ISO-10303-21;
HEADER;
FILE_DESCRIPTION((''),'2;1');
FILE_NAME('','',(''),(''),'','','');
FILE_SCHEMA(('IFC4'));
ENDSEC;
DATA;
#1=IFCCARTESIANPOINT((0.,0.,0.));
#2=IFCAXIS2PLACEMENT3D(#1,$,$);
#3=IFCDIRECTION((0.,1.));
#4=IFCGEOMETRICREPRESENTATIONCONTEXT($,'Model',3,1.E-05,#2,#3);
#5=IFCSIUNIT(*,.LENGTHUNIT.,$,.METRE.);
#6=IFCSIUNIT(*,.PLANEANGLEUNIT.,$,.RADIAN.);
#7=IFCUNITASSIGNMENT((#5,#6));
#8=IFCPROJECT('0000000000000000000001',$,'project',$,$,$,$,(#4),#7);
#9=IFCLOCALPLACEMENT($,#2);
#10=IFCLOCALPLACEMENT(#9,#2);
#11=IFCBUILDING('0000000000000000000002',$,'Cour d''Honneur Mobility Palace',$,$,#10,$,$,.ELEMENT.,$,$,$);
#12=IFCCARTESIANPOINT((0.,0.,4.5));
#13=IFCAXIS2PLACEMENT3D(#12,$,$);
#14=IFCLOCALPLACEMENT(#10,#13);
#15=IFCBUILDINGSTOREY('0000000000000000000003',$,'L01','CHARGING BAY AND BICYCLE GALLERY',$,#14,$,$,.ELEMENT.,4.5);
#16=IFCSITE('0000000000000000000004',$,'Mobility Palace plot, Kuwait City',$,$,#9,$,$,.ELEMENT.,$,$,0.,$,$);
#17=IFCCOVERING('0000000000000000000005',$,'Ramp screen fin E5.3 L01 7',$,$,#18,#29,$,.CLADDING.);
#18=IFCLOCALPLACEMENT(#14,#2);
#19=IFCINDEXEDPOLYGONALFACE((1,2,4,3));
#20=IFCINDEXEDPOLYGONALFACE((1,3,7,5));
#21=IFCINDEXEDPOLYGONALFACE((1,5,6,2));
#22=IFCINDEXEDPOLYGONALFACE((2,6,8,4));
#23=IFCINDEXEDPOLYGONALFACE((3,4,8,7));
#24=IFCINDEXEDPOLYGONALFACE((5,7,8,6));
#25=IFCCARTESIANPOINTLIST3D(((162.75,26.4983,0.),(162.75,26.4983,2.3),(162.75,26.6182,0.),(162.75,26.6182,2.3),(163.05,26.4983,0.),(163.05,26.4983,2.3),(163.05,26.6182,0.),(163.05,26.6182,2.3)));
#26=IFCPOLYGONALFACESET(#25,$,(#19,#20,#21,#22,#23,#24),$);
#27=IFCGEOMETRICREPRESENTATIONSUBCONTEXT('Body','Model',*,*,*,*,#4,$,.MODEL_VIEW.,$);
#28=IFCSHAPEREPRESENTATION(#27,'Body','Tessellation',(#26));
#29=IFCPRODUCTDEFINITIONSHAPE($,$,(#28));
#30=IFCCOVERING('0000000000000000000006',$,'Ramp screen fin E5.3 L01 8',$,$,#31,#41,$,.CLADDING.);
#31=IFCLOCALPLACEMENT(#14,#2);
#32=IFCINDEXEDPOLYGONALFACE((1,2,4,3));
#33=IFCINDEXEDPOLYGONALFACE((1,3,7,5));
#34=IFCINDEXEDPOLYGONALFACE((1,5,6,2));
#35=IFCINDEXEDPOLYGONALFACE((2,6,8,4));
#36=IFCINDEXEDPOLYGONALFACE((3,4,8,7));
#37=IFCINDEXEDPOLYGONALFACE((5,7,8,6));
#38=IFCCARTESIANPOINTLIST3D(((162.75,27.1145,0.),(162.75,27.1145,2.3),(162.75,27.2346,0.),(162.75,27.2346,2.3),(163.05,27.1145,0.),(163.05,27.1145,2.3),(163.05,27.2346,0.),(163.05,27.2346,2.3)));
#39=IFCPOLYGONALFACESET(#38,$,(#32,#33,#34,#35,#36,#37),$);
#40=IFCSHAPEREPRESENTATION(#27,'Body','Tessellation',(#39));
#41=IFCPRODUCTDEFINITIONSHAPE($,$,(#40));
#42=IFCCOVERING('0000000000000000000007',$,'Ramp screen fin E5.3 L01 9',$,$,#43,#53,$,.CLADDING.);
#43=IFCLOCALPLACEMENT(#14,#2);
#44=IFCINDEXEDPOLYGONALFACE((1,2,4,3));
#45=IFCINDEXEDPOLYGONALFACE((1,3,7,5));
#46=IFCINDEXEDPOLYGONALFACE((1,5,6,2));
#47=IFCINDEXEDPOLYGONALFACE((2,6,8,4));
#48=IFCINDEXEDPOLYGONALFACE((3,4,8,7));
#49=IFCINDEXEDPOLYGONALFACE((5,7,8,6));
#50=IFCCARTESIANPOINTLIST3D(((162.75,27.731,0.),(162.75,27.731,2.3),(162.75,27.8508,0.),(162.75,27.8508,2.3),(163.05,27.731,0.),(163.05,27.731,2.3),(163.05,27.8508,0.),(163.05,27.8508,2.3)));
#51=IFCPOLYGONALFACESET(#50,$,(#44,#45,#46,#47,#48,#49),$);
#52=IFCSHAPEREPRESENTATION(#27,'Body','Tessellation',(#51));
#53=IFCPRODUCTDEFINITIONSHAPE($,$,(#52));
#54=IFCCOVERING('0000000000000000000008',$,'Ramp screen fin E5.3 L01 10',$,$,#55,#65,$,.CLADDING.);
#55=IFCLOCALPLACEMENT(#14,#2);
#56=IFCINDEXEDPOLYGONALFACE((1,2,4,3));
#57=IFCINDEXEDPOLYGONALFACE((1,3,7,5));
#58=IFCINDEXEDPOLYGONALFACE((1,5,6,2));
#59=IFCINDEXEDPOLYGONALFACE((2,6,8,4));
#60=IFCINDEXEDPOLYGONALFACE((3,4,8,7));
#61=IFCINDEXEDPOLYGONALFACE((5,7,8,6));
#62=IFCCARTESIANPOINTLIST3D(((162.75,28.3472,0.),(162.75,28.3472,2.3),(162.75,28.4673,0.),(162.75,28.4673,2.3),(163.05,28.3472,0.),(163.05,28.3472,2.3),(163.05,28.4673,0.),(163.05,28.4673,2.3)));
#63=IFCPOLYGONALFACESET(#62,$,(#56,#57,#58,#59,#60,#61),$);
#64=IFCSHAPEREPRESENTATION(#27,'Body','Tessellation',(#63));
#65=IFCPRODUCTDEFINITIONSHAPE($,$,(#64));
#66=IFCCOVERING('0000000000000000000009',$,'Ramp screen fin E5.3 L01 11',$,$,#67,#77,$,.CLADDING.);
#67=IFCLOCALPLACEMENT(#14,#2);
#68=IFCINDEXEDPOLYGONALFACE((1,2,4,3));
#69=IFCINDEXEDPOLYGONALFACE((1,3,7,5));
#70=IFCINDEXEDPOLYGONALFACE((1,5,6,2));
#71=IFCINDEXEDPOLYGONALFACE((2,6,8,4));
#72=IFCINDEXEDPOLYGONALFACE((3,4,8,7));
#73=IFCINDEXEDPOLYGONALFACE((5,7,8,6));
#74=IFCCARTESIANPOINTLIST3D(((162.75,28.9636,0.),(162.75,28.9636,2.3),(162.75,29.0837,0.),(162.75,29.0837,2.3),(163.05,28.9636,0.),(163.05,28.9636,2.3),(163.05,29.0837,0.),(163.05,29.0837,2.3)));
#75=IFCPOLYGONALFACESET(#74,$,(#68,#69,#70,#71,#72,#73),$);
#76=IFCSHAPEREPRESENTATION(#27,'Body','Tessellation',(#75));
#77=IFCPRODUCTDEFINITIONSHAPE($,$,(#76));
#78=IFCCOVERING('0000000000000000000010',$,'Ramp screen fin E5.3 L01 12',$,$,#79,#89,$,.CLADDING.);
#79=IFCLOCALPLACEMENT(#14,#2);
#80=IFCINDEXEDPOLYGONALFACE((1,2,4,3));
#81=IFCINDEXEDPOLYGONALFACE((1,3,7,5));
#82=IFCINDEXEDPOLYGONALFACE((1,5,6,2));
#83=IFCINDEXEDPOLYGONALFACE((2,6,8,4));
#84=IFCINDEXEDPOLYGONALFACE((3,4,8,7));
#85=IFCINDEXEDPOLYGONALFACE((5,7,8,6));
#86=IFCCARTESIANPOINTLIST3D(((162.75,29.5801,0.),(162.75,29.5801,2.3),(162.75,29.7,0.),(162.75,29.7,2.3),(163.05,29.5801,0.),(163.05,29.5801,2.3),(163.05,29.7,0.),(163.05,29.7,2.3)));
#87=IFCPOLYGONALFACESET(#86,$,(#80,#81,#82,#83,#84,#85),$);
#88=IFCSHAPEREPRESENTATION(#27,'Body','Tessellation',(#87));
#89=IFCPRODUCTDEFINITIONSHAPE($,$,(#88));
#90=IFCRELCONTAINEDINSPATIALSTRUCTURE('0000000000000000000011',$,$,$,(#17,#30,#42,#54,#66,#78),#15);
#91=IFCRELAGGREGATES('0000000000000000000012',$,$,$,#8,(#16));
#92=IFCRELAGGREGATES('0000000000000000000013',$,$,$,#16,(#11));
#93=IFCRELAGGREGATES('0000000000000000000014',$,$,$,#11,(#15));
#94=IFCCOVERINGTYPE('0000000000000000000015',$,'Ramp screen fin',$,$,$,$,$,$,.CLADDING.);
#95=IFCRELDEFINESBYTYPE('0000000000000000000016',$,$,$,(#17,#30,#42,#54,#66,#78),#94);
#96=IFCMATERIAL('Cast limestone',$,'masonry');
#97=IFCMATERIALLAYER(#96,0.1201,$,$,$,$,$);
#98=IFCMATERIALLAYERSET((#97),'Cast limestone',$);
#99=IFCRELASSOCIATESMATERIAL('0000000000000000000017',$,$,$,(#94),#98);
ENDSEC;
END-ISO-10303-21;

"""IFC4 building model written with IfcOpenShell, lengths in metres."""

from ifc_helpers import new_model, si_unit, direction, frame, origin, place, context, subcontext, project, spatial, polyline, outline, extrude, material, layer, layer_set, type_object, element, save


model = new_model("IFC4")

# Units and contexts
model_context = context("Model", 3, precision=1e-05, world=origin(), true_north=direction((0.0, 1.0)))
body_context = subcontext(model_context, "Body", "Model", "MODEL_VIEW")
ifc_project = project(units=[si_unit("LENGTHUNIT", "METRE"), si_unit("PLANEANGLEUNIT", "RADIAN")], contexts=[model_context])

# Site, building, storey
site_placement = place(None, origin())
site = spatial("IfcSite", under=ifc_project, at=site_placement, Name="Mobility Palace plot, Kuwait City", CompositionType="ELEMENT", RefElevation=0.0)
building_placement = place(site_placement, origin())
building = spatial("IfcBuilding", under=site, at=building_placement, Name="Cour d'Honneur Mobility Palace", CompositionType="ELEMENT")
storey_placement = place(building_placement, frame((0.0, 0.0, 4.5)))
storey = spatial("IfcBuildingStorey", under=building, at=storey_placement, Name="L01", Description="CHARGING BAY AND BICYCLE GALLERY", CompositionType="ELEMENT", Elevation=4.5)

# Coverings
ifc_material = material(Name="Cast limestone", Category="masonry")
ifc_layer = layer(ifc_material, 0.1201)
ifc_layer_set = layer_set([ifc_layer], Name="Cast limestone")
covering_type = type_object("IfcCoveringType", Name="Ramp screen fin", PredefinedType="CLADDING", material=ifc_layer_set)
covering_1_placement = place(storey_placement, origin())
element("IfcCovering", 1, at=covering_1_placement, inside=storey, type_object=covering_type, Name="Ramp screen fin E5.3 L01 7", PredefinedType="CLADDING", context=body_context, shape_type="SweptSolid", body=[
    extrude(outline(polyline([(162.75, 26.4983), (162.75, 26.6182), (163.05, 26.6182), (163.05, 26.4983), (162.75, 26.4983)])), origin(), (0.0, 0.0, 1.0), 2.3),
])
covering_2_placement = place(storey_placement, origin())
element("IfcCovering", 2, at=covering_2_placement, inside=storey, type_object=covering_type, Name="Ramp screen fin E5.3 L01 8", PredefinedType="CLADDING", context=body_context, shape_type="SweptSolid", body=[
    extrude(outline(polyline([(162.75, 27.1145), (162.75, 27.2346), (163.05, 27.2346), (163.05, 27.1145), (162.75, 27.1145)])), origin(), (0.0, 0.0, 1.0), 2.3),
])
covering_3_placement = place(storey_placement, origin())
element("IfcCovering", 3, at=covering_3_placement, inside=storey, type_object=covering_type, Name="Ramp screen fin E5.3 L01 9", PredefinedType="CLADDING", context=body_context, shape_type="SweptSolid", body=[
    extrude(outline(polyline([(162.75, 27.731), (162.75, 27.8508), (163.05, 27.8508), (163.05, 27.731), (162.75, 27.731)])), origin(), (0.0, 0.0, 1.0), 2.3),
])
covering_4_placement = place(storey_placement, origin())
element("IfcCovering", 4, at=covering_4_placement, inside=storey, type_object=covering_type, Name="Ramp screen fin E5.3 L01 10", PredefinedType="CLADDING", context=body_context, shape_type="SweptSolid", body=[
    extrude(outline(polyline([(162.75, 28.3472), (162.75, 28.4673), (163.05, 28.4673), (163.05, 28.3472), (162.75, 28.3472)])), origin(), (0.0, 0.0, 1.0), 2.3),
])
covering_5_placement = place(storey_placement, origin())
element("IfcCovering", 5, at=covering_5_placement, inside=storey, type_object=covering_type, Name="Ramp screen fin E5.3 L01 11", PredefinedType="CLADDING", context=body_context, shape_type="SweptSolid", body=[
    extrude(outline(polyline([(162.75, 28.9636), (162.75, 29.0837), (163.05, 29.0837), (163.05, 28.9636), (162.75, 28.9636)])), origin(), (0.0, 0.0, 1.0), 2.3),
])
covering_6_placement = place(storey_placement, origin())
element("IfcCovering", 6, at=covering_6_placement, inside=storey, type_object=covering_type, Name="Ramp screen fin E5.3 L01 12", PredefinedType="CLADDING", context=body_context, shape_type="SweptSolid", body=[
    extrude(outline(polyline([(162.75, 29.5801), (162.75, 29.7), (163.05, 29.7), (163.05, 29.5801), (162.75, 29.5801)])), origin(), (0.0, 0.0, 1.0), 2.3),
])

save(model, "model.ifc")
